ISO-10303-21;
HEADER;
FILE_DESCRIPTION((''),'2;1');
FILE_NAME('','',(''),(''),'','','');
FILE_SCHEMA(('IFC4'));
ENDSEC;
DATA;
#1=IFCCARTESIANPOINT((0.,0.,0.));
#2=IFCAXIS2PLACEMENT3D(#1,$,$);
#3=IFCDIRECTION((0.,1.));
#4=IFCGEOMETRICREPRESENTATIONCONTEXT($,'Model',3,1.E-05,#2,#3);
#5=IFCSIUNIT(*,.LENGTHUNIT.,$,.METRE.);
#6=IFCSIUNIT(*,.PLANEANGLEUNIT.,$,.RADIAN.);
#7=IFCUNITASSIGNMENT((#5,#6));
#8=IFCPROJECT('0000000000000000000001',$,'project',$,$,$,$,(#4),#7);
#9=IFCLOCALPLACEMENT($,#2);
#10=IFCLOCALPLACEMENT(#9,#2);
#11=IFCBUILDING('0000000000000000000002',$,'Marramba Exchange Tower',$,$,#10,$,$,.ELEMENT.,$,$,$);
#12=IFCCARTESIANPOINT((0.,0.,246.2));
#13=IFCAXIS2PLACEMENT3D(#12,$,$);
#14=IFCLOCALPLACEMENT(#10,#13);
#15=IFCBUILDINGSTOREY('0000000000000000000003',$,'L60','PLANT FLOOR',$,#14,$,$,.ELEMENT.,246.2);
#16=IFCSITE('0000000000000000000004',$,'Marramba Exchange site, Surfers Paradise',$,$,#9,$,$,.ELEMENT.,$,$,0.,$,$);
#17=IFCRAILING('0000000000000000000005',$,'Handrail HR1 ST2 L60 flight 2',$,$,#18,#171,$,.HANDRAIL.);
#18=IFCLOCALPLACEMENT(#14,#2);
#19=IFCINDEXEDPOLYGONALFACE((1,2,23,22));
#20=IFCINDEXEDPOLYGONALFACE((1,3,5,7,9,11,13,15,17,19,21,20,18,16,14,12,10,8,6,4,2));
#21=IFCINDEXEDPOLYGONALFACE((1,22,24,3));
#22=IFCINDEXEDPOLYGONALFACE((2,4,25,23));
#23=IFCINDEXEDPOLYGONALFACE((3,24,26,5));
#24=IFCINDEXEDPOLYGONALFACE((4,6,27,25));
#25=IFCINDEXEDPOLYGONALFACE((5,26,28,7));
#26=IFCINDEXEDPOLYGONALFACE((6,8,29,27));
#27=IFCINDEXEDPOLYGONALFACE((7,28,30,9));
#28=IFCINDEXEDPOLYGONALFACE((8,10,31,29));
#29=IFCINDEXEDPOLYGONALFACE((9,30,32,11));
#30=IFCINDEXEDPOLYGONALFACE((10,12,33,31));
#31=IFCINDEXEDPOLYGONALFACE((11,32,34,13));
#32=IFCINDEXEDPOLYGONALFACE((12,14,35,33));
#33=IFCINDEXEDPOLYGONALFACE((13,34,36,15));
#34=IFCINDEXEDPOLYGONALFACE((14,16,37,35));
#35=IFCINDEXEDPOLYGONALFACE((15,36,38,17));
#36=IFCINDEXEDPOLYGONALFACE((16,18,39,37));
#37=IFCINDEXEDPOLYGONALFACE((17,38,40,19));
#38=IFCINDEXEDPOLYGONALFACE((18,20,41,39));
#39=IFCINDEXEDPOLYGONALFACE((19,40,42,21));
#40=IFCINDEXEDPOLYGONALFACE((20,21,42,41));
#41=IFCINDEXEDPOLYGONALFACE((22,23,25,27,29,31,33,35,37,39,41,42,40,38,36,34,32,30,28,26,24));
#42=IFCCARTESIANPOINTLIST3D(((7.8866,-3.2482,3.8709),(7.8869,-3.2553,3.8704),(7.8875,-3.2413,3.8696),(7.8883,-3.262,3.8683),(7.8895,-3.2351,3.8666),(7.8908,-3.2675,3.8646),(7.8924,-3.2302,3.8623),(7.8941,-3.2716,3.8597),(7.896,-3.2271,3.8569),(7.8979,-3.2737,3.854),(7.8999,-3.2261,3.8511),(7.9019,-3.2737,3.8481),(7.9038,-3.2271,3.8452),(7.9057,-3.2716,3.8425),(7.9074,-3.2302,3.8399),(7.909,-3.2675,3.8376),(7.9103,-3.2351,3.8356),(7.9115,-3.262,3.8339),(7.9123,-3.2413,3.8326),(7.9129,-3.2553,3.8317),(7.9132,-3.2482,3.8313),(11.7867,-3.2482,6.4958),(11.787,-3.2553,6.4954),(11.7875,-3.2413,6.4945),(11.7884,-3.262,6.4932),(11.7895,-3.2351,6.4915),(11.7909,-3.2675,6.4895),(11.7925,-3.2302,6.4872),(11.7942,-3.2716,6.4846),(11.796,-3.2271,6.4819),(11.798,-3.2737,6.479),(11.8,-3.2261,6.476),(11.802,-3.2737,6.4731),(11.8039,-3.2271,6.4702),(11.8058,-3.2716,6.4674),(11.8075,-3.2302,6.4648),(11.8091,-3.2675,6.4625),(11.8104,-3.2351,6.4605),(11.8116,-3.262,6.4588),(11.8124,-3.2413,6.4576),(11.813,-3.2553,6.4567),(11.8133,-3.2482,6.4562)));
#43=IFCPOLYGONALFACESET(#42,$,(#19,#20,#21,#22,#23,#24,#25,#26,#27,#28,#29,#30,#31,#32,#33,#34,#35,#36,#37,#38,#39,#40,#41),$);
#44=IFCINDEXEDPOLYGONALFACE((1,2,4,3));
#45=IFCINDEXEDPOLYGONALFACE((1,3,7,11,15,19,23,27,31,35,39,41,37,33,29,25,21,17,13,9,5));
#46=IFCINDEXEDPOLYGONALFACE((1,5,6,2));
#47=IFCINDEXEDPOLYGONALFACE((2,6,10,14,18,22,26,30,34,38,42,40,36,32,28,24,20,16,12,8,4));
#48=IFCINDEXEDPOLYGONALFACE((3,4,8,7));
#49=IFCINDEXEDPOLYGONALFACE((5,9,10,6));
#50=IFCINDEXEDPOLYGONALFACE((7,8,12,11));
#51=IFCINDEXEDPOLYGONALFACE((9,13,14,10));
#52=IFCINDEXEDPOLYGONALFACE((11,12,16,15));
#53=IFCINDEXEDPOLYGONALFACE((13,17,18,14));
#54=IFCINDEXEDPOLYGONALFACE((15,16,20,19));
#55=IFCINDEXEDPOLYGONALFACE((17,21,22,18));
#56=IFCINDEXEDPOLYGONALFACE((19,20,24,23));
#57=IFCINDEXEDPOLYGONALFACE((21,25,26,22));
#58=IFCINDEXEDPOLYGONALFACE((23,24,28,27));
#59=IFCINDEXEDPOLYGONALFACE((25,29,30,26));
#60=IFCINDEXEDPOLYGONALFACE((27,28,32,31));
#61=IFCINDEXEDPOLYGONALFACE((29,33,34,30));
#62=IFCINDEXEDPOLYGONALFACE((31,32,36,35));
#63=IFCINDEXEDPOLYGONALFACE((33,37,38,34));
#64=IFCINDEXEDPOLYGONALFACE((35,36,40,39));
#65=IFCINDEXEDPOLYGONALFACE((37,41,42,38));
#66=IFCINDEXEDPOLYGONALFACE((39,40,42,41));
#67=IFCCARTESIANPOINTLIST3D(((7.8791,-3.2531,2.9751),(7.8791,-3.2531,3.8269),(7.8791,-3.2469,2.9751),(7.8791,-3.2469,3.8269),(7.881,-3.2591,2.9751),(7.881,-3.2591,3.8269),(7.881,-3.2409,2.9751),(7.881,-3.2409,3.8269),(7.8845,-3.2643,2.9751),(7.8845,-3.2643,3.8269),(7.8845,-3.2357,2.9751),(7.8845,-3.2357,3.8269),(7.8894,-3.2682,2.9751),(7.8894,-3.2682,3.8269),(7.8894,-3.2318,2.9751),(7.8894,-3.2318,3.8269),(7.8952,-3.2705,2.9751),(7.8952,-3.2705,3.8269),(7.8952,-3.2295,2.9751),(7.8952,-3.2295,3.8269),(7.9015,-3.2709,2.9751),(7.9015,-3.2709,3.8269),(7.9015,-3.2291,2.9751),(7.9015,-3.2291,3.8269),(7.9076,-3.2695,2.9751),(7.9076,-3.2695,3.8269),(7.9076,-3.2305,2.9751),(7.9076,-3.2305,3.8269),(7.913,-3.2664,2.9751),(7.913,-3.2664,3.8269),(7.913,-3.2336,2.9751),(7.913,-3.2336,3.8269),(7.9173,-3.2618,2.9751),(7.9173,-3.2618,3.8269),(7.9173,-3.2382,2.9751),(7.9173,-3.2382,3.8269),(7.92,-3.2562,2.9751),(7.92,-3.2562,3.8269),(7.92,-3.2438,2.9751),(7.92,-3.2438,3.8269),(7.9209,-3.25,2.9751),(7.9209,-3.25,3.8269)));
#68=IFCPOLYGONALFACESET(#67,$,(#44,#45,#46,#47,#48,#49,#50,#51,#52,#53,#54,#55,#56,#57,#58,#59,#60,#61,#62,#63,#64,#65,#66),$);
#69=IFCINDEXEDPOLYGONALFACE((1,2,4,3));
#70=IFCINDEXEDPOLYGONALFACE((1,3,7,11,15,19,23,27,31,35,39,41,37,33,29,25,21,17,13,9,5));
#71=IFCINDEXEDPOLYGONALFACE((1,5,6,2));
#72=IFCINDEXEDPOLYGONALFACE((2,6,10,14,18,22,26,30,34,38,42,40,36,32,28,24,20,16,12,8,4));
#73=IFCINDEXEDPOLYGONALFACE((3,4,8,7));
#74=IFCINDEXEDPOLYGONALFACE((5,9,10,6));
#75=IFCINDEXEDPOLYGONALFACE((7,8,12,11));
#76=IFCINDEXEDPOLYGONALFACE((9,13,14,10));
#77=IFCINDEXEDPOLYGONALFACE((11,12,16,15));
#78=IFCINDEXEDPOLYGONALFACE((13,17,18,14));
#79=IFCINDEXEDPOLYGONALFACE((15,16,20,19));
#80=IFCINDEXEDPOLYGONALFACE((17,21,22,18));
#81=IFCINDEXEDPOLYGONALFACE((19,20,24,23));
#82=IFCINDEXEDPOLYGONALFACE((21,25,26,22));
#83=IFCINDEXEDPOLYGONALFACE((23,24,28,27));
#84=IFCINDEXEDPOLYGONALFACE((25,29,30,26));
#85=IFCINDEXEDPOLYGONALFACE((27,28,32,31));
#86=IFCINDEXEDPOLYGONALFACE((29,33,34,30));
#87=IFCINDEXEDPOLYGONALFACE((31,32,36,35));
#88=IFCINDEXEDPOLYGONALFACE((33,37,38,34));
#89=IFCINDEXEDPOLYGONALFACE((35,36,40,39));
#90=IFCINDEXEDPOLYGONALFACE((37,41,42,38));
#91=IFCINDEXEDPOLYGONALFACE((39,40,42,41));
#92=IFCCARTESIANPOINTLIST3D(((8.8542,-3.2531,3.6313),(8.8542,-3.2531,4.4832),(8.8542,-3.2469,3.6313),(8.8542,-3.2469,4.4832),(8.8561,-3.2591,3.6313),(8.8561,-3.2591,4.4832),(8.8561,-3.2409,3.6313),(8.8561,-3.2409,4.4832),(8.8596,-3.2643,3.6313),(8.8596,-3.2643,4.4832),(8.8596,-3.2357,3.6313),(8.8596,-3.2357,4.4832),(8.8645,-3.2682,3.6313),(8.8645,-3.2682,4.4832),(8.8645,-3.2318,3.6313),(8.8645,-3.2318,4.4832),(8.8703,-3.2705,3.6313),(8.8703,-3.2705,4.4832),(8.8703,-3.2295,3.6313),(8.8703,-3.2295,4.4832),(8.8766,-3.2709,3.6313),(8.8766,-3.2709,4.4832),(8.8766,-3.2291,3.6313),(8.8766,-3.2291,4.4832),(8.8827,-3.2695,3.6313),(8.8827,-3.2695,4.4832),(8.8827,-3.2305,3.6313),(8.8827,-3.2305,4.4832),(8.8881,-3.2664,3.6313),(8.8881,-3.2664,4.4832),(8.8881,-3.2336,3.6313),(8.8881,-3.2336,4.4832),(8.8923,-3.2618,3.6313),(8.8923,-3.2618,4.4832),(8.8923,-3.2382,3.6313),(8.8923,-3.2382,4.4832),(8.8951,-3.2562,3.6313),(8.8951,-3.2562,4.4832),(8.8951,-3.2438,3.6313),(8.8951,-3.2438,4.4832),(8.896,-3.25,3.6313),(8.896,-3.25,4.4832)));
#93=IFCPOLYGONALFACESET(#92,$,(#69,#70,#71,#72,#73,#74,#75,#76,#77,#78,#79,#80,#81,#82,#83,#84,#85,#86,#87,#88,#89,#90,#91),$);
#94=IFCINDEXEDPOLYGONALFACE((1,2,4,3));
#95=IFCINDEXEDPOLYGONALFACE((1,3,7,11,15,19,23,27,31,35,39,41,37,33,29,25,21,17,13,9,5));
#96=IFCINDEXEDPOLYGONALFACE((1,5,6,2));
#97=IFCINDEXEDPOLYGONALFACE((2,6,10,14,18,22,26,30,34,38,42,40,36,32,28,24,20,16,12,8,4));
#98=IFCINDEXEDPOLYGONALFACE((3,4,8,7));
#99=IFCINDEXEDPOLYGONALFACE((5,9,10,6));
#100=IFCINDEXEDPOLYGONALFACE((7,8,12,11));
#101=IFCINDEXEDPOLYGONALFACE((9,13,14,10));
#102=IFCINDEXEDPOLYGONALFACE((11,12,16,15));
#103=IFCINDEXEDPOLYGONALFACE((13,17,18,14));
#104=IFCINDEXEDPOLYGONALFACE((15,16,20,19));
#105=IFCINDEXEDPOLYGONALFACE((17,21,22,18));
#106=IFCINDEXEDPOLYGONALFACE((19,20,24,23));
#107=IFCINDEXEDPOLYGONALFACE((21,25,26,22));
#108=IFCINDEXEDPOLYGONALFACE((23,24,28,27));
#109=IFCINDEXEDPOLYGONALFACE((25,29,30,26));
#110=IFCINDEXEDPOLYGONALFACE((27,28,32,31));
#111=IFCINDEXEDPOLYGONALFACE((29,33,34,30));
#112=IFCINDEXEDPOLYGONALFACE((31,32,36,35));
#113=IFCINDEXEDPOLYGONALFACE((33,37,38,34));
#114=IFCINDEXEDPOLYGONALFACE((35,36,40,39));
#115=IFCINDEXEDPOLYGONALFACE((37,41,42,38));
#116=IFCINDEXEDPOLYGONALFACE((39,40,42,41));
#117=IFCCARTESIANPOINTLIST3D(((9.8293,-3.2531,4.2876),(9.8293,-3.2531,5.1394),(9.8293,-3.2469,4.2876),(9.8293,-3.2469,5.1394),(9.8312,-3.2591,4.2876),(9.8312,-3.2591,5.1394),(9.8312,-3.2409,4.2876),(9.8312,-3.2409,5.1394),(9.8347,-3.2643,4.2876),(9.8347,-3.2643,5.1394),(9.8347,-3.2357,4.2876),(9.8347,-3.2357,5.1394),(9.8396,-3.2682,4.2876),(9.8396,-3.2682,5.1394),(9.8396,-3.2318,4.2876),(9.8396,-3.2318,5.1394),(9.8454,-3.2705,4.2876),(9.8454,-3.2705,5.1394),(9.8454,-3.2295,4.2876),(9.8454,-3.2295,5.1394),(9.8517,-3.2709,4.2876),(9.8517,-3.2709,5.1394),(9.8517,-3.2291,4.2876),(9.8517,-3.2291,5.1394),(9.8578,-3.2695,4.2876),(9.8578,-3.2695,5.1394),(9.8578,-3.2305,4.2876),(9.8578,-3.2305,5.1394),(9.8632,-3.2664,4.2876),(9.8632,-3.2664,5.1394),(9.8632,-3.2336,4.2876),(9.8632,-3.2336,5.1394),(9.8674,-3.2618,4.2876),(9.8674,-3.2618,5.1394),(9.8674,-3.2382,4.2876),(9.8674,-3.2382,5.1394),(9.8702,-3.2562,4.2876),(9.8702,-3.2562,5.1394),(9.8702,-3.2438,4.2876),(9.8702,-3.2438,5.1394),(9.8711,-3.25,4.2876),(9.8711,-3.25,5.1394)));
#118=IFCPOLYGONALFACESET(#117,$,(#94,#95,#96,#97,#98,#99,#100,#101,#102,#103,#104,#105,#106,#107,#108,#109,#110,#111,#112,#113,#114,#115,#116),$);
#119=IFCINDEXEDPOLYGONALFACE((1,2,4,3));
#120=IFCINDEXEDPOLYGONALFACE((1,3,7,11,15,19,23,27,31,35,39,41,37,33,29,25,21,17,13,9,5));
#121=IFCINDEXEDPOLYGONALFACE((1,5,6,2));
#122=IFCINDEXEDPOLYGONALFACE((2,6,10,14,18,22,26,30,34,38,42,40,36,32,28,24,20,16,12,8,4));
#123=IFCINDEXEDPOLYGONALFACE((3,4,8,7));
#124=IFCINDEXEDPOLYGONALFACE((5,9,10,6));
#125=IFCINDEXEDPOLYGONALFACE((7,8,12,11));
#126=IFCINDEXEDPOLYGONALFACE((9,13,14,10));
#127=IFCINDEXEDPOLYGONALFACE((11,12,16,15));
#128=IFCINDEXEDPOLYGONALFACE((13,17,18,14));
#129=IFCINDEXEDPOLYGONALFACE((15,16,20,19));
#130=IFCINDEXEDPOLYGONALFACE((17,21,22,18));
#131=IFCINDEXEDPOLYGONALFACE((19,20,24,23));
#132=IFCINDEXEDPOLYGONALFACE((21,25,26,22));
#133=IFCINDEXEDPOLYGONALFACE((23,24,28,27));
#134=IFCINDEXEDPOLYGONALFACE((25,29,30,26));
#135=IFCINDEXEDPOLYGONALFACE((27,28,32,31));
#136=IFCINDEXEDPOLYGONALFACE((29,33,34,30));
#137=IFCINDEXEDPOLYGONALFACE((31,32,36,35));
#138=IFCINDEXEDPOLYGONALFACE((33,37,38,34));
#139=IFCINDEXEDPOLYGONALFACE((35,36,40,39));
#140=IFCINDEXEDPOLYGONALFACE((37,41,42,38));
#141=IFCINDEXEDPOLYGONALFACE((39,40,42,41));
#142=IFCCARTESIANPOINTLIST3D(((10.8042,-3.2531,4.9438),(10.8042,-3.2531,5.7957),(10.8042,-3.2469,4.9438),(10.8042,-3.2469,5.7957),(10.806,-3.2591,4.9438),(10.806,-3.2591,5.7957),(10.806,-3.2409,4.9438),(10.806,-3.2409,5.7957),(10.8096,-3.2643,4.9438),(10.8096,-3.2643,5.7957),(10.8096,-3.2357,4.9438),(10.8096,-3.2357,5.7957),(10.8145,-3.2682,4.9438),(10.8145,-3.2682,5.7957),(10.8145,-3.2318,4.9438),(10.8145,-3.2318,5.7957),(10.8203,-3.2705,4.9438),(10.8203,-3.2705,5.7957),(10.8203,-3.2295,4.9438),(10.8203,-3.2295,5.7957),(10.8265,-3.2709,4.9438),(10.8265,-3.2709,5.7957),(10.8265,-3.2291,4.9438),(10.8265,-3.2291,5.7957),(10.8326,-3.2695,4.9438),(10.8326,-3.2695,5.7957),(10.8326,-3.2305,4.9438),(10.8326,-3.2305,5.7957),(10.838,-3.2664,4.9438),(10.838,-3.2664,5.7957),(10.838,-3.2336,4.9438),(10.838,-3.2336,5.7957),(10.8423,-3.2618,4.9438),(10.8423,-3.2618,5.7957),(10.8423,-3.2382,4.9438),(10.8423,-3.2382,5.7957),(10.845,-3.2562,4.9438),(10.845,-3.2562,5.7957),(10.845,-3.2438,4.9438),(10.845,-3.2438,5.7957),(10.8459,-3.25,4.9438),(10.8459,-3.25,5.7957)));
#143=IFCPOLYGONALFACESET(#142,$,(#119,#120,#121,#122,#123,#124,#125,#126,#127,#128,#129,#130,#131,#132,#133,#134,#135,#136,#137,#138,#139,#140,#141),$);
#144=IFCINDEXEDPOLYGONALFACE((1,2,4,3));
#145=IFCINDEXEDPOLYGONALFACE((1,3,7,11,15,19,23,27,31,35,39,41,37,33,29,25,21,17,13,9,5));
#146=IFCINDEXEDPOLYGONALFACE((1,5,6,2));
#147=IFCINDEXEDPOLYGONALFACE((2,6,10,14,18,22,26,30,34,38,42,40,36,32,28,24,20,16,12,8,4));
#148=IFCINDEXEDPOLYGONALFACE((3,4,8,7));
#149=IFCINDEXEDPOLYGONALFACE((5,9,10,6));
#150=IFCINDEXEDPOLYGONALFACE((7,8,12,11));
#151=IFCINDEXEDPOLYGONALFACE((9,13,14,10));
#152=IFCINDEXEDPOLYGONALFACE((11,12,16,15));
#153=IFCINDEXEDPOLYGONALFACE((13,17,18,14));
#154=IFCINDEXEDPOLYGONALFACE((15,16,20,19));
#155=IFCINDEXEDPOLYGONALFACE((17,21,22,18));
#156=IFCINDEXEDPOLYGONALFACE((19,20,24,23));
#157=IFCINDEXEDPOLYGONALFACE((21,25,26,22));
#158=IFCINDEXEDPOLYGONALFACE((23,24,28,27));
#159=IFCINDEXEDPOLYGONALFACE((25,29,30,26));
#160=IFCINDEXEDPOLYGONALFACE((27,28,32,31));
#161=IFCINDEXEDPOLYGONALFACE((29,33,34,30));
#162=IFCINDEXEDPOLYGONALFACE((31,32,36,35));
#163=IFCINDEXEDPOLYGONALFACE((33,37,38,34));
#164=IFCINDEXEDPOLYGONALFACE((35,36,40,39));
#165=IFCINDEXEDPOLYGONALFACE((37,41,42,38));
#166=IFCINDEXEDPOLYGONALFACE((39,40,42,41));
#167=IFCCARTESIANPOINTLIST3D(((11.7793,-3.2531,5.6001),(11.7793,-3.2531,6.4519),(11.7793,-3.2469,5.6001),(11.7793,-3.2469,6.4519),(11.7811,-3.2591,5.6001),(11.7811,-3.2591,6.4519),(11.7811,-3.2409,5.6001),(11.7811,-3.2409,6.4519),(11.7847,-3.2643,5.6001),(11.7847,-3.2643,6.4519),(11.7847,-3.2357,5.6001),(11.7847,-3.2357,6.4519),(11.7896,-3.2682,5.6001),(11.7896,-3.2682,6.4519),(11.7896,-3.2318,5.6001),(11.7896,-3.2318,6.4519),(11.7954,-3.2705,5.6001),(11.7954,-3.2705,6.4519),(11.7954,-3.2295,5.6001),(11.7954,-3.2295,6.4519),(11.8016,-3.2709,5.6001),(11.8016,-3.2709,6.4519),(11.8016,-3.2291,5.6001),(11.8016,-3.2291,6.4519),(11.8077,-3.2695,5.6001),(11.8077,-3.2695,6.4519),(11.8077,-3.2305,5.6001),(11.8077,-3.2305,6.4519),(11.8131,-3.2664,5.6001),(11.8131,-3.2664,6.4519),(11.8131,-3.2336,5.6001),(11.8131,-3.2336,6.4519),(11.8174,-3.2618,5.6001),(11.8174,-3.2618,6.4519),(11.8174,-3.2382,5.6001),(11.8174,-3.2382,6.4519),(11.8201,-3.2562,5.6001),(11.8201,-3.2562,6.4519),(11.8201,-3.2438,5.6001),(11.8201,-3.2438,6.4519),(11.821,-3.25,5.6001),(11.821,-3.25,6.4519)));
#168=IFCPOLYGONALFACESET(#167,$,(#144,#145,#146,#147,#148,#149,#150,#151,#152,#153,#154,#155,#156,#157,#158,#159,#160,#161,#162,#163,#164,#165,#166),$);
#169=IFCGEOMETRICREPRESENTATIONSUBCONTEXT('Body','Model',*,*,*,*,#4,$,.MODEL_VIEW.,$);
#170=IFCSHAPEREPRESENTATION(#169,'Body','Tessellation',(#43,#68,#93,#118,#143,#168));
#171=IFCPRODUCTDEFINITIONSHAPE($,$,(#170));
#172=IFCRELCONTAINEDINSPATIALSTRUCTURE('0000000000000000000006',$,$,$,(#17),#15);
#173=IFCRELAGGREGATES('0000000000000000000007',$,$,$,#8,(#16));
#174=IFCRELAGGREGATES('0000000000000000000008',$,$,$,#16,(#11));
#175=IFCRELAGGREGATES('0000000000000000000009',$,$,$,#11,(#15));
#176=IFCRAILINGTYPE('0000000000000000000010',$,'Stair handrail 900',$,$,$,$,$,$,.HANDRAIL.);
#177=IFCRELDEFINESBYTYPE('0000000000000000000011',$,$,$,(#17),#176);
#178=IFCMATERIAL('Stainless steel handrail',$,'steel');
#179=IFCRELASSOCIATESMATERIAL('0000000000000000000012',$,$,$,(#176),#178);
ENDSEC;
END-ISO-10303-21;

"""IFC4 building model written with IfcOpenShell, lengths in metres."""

from ifc_helpers import new_model, si_unit, direction, frame, origin, origin_2d, place, context, subcontext, project, spatial, circle, extrude, material, type_object, element, save


model = new_model("IFC4")

# Units and contexts
model_context = context("Model", 3, precision=1e-05, world=origin(), true_north=direction((0.0, 1.0)))
body_context = subcontext(model_context, "Body", "Model", "MODEL_VIEW")
ifc_project = project(units=[si_unit("LENGTHUNIT", "METRE"), si_unit("PLANEANGLEUNIT", "RADIAN")], contexts=[model_context])

# Site, building, storey
site_placement = place(None, origin())
site = spatial("IfcSite", under=ifc_project, at=site_placement, Name="Marramba Exchange site, Surfers Paradise", CompositionType="ELEMENT", RefElevation=0.0)
building_placement = place(site_placement, origin())
building = spatial("IfcBuilding", under=site, at=building_placement, Name="Marramba Exchange Tower", CompositionType="ELEMENT")
storey_placement = place(building_placement, frame((0.0, 0.0, 246.2)))
storey = spatial("IfcBuildingStorey", under=building, at=storey_placement, Name="L60", Description="PLANT FLOOR", CompositionType="ELEMENT", Elevation=246.2)

# Railing
ifc_material_1 = material(Name="Stainless steel handrail", Category="steel")
railing_type = type_object("IfcRailingType", Name="Stair handrail 900", PredefinedType="HANDRAIL", material=ifc_material_1)
railing_placement = place(storey_placement, frame((7.8999, -3.25, 2.9751)))
element("IfcRailing", 1, at=railing_placement, inside=storey, type_object=railing_type, Name="Handrail HR1 ST2 L60 flight 2", PredefinedType="HANDRAIL", context=body_context, shape_type="SweptSolid", body=[
    extrude(circle(Radius=0.0239, at=origin_2d()), frame((0.0, 0.0, 0.876), z_axis=(0.829597, 0.0, 0.558362), x_axis=(0.0, 1.0, 0.0)), (0.0, 0.0, 1.0), 4.7012),
    extrude(circle(Radius=0.021, at=origin_2d()), origin(), (0.0, 0.0, 1.0), 0.8518),
    extrude(circle(Radius=0.021, at=origin_2d()), frame((0.9751, 0.0, 0.6562)), (0.0, 0.0, 1.0), 0.8518),
    extrude(circle(Radius=0.021, at=origin_2d()), frame((1.9502, 0.0, 1.3125)), (0.0, 0.0, 1.0), 0.8518),
    extrude(circle(Radius=0.021, at=origin_2d()), frame((2.925, 0.0, 1.9688)), (0.0, 0.0, 1.0), 0.8518),
    extrude(circle(Radius=0.021, at=origin_2d()), frame((3.9001, 0.0, 2.625)), (0.0, 0.0, 1.0), 0.8518),
])

save(model, "model.ifc")
